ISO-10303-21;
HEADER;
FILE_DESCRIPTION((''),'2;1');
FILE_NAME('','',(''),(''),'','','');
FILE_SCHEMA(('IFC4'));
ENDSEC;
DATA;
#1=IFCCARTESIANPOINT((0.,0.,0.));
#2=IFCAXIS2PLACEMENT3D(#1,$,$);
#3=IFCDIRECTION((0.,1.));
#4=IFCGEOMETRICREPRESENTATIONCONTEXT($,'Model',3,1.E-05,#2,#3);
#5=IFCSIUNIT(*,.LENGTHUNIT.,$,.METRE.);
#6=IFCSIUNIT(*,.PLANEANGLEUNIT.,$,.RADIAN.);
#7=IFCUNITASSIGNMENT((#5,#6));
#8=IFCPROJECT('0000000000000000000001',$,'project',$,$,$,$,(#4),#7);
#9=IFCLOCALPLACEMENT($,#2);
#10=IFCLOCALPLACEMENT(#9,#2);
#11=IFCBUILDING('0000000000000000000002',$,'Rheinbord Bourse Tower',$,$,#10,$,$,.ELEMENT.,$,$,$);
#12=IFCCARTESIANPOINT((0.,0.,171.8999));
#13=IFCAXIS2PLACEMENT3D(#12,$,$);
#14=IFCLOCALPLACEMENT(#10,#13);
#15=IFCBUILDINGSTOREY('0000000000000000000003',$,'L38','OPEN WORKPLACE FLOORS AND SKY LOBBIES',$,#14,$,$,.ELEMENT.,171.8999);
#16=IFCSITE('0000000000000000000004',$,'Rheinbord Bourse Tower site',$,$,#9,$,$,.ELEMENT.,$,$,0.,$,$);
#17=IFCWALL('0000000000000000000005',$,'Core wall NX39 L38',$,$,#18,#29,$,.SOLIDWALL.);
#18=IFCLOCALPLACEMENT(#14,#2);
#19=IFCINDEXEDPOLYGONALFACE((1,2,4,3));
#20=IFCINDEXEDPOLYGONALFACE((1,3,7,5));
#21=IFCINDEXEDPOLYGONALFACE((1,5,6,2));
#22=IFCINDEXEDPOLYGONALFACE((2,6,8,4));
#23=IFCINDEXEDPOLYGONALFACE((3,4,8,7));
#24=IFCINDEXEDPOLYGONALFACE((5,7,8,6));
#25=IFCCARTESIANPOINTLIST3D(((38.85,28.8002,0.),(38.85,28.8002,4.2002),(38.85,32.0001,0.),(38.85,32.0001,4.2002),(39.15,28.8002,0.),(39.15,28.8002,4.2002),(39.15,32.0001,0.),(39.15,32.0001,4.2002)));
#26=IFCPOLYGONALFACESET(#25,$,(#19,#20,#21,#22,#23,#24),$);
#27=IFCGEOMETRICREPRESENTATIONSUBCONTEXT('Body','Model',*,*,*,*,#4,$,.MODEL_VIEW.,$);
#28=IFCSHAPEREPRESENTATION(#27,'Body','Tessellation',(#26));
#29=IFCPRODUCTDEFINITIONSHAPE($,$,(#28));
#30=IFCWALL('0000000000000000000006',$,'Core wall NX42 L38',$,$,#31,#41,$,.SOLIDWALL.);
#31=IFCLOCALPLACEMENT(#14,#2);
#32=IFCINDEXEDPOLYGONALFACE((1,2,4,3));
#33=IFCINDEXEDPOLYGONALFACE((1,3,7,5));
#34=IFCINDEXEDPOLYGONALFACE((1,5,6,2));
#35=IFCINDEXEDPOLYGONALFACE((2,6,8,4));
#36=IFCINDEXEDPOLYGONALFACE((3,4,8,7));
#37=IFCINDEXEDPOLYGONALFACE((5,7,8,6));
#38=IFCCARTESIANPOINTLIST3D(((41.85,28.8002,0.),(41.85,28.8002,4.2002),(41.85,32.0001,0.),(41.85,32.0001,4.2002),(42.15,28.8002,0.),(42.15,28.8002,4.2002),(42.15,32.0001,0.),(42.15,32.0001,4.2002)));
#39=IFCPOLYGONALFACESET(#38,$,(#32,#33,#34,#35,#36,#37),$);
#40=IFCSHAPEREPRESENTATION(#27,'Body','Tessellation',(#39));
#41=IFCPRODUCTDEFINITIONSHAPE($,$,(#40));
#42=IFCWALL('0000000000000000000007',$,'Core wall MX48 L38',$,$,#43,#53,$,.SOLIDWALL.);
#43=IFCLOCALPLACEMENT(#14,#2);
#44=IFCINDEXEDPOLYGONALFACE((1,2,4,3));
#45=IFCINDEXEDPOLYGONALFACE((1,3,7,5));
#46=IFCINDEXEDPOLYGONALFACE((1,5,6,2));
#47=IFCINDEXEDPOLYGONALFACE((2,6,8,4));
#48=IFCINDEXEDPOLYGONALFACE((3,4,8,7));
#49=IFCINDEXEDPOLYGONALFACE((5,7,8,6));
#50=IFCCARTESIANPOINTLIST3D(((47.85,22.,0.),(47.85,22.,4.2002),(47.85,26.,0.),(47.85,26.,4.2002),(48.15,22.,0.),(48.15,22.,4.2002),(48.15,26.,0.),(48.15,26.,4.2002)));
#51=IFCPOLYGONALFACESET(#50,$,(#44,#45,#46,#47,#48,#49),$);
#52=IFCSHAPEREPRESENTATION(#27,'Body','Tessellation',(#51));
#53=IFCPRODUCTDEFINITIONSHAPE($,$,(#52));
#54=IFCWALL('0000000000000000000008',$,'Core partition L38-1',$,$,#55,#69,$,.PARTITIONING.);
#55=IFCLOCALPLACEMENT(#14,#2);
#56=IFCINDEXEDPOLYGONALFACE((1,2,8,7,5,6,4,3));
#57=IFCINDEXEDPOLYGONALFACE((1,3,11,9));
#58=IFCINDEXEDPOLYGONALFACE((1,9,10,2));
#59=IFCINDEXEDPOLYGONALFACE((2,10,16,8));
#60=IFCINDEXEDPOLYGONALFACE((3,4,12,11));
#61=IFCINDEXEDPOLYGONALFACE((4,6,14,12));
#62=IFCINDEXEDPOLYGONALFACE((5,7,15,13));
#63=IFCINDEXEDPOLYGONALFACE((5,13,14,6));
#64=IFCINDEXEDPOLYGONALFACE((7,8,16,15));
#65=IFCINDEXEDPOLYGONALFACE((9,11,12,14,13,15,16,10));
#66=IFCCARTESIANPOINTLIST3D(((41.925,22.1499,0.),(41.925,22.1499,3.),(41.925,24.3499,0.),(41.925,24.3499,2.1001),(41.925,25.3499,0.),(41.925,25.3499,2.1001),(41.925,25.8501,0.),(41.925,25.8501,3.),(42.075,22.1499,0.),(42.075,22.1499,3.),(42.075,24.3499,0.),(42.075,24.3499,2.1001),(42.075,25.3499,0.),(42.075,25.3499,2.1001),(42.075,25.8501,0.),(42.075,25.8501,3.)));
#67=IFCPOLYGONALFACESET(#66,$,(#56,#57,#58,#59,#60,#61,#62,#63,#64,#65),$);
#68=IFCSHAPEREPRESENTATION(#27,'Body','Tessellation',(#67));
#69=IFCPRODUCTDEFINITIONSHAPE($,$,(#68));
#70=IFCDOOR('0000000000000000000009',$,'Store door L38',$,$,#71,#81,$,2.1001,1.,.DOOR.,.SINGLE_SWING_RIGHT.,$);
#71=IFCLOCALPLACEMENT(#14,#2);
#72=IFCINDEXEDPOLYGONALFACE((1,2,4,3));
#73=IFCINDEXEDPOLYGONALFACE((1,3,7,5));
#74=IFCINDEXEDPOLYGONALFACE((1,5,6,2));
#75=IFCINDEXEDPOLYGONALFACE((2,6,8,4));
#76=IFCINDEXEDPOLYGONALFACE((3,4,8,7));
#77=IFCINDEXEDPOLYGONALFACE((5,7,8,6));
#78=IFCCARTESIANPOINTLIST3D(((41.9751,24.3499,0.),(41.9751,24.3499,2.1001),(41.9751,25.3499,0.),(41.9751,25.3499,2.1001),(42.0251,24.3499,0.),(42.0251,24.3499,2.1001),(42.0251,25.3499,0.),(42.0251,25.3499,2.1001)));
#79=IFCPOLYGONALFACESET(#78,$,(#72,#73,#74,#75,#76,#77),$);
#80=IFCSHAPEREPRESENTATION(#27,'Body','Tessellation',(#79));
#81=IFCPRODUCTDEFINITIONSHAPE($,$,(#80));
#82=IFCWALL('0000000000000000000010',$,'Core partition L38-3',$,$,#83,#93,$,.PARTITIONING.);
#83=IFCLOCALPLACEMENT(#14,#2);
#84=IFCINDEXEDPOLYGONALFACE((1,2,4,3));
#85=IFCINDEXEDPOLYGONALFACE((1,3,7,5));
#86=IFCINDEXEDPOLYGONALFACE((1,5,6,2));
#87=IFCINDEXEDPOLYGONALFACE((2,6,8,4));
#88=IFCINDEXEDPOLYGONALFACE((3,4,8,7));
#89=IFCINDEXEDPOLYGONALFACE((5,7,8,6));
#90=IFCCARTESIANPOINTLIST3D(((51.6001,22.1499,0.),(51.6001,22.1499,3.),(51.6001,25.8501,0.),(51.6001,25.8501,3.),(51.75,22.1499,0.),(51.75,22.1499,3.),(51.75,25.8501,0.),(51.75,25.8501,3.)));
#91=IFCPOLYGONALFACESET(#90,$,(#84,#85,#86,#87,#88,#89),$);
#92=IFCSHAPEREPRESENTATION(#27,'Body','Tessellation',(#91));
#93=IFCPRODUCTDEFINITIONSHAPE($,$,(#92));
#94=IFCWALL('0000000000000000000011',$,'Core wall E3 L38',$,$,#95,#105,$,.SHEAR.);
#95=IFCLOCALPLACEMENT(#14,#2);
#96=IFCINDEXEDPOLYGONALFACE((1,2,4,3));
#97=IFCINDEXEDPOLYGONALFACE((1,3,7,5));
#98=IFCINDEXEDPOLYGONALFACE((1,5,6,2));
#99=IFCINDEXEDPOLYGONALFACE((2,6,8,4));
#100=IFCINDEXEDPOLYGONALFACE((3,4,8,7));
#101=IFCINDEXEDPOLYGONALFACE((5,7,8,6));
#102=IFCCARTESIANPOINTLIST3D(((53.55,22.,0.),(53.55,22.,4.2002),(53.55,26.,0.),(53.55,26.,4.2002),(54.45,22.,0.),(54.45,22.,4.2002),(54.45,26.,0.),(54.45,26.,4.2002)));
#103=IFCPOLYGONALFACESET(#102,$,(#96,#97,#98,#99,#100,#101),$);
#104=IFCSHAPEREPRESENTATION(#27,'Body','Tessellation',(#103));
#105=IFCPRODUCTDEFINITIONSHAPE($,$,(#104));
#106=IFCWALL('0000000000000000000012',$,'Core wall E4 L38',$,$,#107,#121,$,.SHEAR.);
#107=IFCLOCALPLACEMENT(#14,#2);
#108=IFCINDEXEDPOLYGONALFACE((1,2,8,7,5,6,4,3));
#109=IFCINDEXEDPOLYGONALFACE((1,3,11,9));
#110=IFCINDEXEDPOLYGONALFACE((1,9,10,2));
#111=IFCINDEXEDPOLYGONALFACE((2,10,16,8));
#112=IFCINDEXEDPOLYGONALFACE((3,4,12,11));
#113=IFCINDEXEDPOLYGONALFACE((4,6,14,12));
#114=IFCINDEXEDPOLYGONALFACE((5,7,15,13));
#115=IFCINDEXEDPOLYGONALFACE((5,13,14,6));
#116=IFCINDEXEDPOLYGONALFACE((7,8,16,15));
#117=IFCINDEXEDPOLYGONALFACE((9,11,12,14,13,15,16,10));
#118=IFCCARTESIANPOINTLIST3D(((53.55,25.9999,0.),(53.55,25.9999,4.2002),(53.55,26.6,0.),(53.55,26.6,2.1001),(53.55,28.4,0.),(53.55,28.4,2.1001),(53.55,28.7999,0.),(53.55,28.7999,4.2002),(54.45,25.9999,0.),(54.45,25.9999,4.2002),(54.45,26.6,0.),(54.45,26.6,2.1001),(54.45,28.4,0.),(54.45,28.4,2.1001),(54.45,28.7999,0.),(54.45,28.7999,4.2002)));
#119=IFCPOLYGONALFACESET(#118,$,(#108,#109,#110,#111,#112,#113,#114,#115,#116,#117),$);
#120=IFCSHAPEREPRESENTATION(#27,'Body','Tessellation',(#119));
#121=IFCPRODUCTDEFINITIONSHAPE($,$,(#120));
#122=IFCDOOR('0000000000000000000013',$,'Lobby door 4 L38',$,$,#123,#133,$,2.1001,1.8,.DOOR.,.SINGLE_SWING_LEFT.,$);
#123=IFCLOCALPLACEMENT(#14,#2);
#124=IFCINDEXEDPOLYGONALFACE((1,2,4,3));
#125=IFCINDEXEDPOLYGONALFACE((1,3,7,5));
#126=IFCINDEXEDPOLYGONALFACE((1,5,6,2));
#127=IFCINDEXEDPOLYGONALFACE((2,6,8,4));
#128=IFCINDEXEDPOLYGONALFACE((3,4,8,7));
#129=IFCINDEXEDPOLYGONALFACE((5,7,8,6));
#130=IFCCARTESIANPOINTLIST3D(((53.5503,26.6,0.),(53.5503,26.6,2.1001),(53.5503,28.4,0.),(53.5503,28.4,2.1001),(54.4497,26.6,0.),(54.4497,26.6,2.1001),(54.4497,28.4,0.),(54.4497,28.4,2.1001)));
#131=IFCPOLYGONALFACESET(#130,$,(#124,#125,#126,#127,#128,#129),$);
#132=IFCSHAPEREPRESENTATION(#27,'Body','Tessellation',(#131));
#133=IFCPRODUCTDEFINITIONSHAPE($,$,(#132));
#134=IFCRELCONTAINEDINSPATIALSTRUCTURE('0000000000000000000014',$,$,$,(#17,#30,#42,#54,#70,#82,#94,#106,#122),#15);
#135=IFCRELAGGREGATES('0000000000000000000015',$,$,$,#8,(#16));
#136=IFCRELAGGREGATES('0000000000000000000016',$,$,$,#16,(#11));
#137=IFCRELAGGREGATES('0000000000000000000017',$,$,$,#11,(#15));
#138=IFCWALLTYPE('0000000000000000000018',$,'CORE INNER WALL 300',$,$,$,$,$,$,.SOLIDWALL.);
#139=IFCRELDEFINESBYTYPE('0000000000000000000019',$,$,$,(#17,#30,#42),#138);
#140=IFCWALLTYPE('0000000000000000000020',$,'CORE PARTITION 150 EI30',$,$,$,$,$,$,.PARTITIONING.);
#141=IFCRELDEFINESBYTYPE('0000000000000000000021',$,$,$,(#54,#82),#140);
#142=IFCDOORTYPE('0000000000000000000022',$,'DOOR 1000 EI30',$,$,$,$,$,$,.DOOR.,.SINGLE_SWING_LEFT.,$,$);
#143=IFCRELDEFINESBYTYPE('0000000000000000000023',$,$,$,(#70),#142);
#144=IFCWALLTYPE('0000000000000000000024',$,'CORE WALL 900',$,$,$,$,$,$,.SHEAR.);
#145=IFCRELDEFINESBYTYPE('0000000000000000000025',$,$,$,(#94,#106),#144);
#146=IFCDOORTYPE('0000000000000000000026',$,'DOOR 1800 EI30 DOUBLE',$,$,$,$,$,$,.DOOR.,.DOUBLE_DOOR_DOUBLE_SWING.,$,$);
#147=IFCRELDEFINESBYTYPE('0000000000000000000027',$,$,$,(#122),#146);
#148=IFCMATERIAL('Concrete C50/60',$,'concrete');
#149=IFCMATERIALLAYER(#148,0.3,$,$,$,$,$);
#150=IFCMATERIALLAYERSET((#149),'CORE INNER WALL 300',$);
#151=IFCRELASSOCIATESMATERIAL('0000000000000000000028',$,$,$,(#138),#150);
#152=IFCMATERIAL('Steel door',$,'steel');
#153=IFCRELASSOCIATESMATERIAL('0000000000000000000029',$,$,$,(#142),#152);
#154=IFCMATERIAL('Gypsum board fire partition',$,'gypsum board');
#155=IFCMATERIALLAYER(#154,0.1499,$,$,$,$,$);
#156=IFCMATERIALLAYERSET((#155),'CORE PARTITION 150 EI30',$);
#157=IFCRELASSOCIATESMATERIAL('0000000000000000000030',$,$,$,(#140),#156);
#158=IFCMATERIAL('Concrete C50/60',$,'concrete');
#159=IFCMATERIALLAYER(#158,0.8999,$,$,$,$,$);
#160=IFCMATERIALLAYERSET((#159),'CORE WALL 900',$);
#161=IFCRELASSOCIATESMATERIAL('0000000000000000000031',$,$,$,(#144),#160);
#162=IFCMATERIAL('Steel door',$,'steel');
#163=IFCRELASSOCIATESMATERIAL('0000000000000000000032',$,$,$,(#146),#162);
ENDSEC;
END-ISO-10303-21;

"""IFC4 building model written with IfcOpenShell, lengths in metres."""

from ifc_helpers import new_model, si_unit, direction, frame, frame_2d, origin, place, context, subcontext, project, spatial, rectangle, extrude, material, layer, layer_set, type_object, element, fill, save


model = new_model("IFC4")

# Units and contexts
model_context = context("Model", 3, precision=1e-05, world=origin(), true_north=direction((0.0, 1.0)))
body_context = subcontext(model_context, "Body", "Model", "MODEL_VIEW")
ifc_project = project(units=[si_unit("LENGTHUNIT", "METRE"), si_unit("PLANEANGLEUNIT", "RADIAN")], contexts=[model_context])

# Site, building, storey
site_placement = place(None, origin())
site = spatial("IfcSite", under=ifc_project, at=site_placement, Name="Rheinbord Bourse Tower site", CompositionType="ELEMENT", RefElevation=0.0)
building_placement = place(site_placement, origin())
building = spatial("IfcBuilding", under=site, at=building_placement, Name="Rheinbord Bourse Tower", CompositionType="ELEMENT")
storey_placement = place(building_placement, frame((0.0, 0.0, 171.8999)))
storey = spatial("IfcBuildingStorey", under=building, at=storey_placement, Name="L38", Description="OPEN WORKPLACE FLOORS AND SKY LOBBIES", CompositionType="ELEMENT", Elevation=171.8999)

# Shared definitions
ifc_material_1 = material(Name="Concrete C50/60", Category="concrete")
ifc_layer_1 = layer(ifc_material_1, 0.3)
ifc_layer_set_1 = layer_set([ifc_layer_1], Name="CORE INNER WALL 300")
wall_type_1 = type_object("IfcWallType", Name="CORE INNER WALL 300", PredefinedType="SOLIDWALL", material=ifc_layer_set_1)

# Shared definitions
ifc_material_2 = material(Name="Steel door", Category="steel")
door_type_1 = type_object("IfcDoorType", Name="DOOR 1000 EI30", OperationType="SINGLE_SWING_LEFT", PredefinedType="DOOR", material=ifc_material_2)

# Walls
for number, where, z_axis, x_axis, name in (
    (1, (39.0, 28.8, 0.0), (0.0, 0.0, 1.0), (0.0, 1.0, 0.0), "Core wall NX39 L38"),
    (2, (42.0, 28.8, 0.0), (0.0, 0.0, 1.0), (0.0, 1.0, 0.0), "Core wall NX42 L38"),
):
    element("IfcWall", number, at=place(storey_placement, frame(where, z_axis=z_axis, x_axis=x_axis)), inside=storey, type_object=wall_type_1, Name=name, PredefinedType="SOLIDWALL", context=body_context, shape_type="SweptSolid", body=[
        extrude(rectangle(XDim=3.2, YDim=0.3, at=frame_2d((1.6001, 0.0))), origin(), (0.0, 0.0, 1.0), 4.2002),
    ])
wall_1_placement = place(storey_placement, frame((48.0, 22.0, 0.0), z_axis=(0.0, 0.0, 1.0), x_axis=(0.0, 1.0, 0.0)))
element("IfcWall", 3, at=wall_1_placement, inside=storey, type_object=wall_type_1, Name="Core wall MX48 L38", PredefinedType="SOLIDWALL", context=body_context, shape_type="SweptSolid", body=[
    extrude(rectangle(XDim=4.0, YDim=0.3, at=frame_2d((2.0, 0.0))), origin(), (0.0, 0.0, 1.0), 4.2002),
])

# Wall, opening, door
ifc_material_3 = material(Name="Gypsum board fire partition", Category="gypsum board")
ifc_layer_2 = layer(ifc_material_3, 0.1499)
ifc_layer_set_2 = layer_set([ifc_layer_2], Name="CORE PARTITION 150 EI30")
wall_type_2 = type_object("IfcWallType", Name="CORE PARTITION 150 EI30", PredefinedType="PARTITIONING", material=ifc_layer_set_2)
wall_2_placement = place(storey_placement, frame((42.0, 22.1499, 0.0), z_axis=(0.0, 0.0, 1.0), x_axis=(0.0, 1.0, 0.0)))
wall_2 = element("IfcWall", 4, at=wall_2_placement, inside=storey, type_object=wall_type_2, Name="Core partition L38-1", PredefinedType="PARTITIONING", context=body_context, shape_type="SweptSolid", body=[
    extrude(rectangle(XDim=3.7002, YDim=0.1499, at=frame_2d((1.8501, 0.0))), origin(), (0.0, 0.0, 1.0), 3.0),
])
opening_1_placement = place(wall_2_placement, frame((2.2, 0.0, 0.0)))
opening_1 = element("IfcOpeningElement", 5, at=opening_1_placement, cuts=wall_2, PredefinedType="OPENING", context=body_context, shape_type="SweptSolid", body=[
    extrude(rectangle(XDim=1.0, YDim=2.1001, at=frame_2d((0.5, 1.05))), frame((0.0, 0.085, 0.0), z_axis=(0.0, -1.0, 0.0), x_axis=(1.0, 0.0, 0.0)), (0.0, 0.0, 1.0), 0.1699),
])
door_1_placement = place(opening_1_placement, origin())
door_1 = element("IfcDoor", 6, at=door_1_placement, inside=storey, type_object=door_type_1, Name="Store door L38", OperationType="SINGLE_SWING_RIGHT", OverallHeight=2.1001, OverallWidth=1.0, PredefinedType="DOOR", context=body_context, shape_type="SweptSolid", body=[
    extrude(rectangle(XDim=1.0, YDim=2.1001, at=frame_2d((0.5, 1.05))), frame((0.0, 0.0249, 0.0), z_axis=(0.0, -1.0, 0.0), x_axis=(1.0, 0.0, 0.0)), (0.0, 0.0, 1.0), 0.05),
])
fill(opening_1, door_1)

# Walls
wall_3_placement = place(storey_placement, frame((51.675, 22.1499, 0.0), z_axis=(0.0, 0.0, 1.0), x_axis=(0.0, 1.0, 0.0)))
element("IfcWall", 7, at=wall_3_placement, inside=storey, type_object=wall_type_2, Name="Core partition L38-3", PredefinedType="PARTITIONING", context=body_context, shape_type="SweptSolid", body=[
    extrude(rectangle(XDim=3.7002, YDim=0.1499, at=frame_2d((1.8501, 0.0))), origin(), (0.0, 0.0, 1.0), 3.0),
])
ifc_material_4 = material(Name="Concrete C50/60", Category="concrete")
ifc_layer_3 = layer(ifc_material_4, 0.8999)
ifc_layer_set_3 = layer_set([ifc_layer_3], Name="CORE WALL 900")
wall_type_3 = type_object("IfcWallType", Name="CORE WALL 900", PredefinedType="SHEAR", material=ifc_layer_set_3)
wall_4_placement = place(storey_placement, frame((54.0, 22.0, 0.0), z_axis=(0.0, 0.0, 1.0), x_axis=(0.0, 1.0, 0.0)))
element("IfcWall", 8, at=wall_4_placement, inside=storey, type_object=wall_type_3, Name="Core wall E3 L38", PredefinedType="SHEAR", context=body_context, shape_type="SweptSolid", body=[
    extrude(rectangle(XDim=4.0, YDim=0.8999, at=frame_2d((2.0, 0.0))), origin(), (0.0, 0.0, 1.0), 4.2002),
])

# Wall, opening, door
wall_5_placement = place(storey_placement, frame((54.0, 26.0, 0.0), z_axis=(0.0, 0.0, 1.0), x_axis=(0.0, 1.0, 0.0)))
wall_5 = element("IfcWall", 9, at=wall_5_placement, inside=storey, type_object=wall_type_3, Name="Core wall E4 L38", PredefinedType="SHEAR", context=body_context, shape_type="SweptSolid", body=[
    extrude(rectangle(XDim=2.8, YDim=0.8999, at=frame_2d((1.3999, 0.0))), origin(), (0.0, 0.0, 1.0), 4.2002),
])
opening_2_placement = place(wall_5_placement, frame((0.6001, 0.0, 0.0)))
opening_2 = element("IfcOpeningElement", 10, at=opening_2_placement, cuts=wall_5, PredefinedType="OPENING", context=body_context, shape_type="SweptSolid", body=[
    extrude(rectangle(XDim=1.8, YDim=2.1001, at=frame_2d((0.8999, 1.05))), frame((0.0, 0.46, 0.0), z_axis=(0.0, -1.0, 0.0), x_axis=(1.0, 0.0, 0.0)), (0.0, 0.0, 1.0), 0.9199),
])
ifc_material_5 = material(Name="Steel door", Category="steel")
door_type_2 = type_object("IfcDoorType", Name="DOOR 1800 EI30 DOUBLE", OperationType="DOUBLE_DOOR_DOUBLE_SWING", PredefinedType="DOOR", material=ifc_material_5)
door_2_placement = place(opening_2_placement, origin())
door_2 = element("IfcDoor", 11, at=door_2_placement, inside=storey, type_object=door_type_2, Name="Lobby door 4 L38", OperationType="SINGLE_SWING_LEFT", OverallHeight=2.1001, OverallWidth=1.8, PredefinedType="DOOR", context=body_context, shape_type="SweptSolid", body=[
    extrude(rectangle(XDim=1.8, YDim=2.1001, at=frame_2d((0.8999, 1.05))), frame((0.0, 0.4497, 0.0), z_axis=(0.0, -1.0, 0.0), x_axis=(1.0, 0.0, 0.0)), (0.0, 0.0, 1.0), 0.8994),
])
fill(opening_2, door_2)

save(model, "model.ifc")
